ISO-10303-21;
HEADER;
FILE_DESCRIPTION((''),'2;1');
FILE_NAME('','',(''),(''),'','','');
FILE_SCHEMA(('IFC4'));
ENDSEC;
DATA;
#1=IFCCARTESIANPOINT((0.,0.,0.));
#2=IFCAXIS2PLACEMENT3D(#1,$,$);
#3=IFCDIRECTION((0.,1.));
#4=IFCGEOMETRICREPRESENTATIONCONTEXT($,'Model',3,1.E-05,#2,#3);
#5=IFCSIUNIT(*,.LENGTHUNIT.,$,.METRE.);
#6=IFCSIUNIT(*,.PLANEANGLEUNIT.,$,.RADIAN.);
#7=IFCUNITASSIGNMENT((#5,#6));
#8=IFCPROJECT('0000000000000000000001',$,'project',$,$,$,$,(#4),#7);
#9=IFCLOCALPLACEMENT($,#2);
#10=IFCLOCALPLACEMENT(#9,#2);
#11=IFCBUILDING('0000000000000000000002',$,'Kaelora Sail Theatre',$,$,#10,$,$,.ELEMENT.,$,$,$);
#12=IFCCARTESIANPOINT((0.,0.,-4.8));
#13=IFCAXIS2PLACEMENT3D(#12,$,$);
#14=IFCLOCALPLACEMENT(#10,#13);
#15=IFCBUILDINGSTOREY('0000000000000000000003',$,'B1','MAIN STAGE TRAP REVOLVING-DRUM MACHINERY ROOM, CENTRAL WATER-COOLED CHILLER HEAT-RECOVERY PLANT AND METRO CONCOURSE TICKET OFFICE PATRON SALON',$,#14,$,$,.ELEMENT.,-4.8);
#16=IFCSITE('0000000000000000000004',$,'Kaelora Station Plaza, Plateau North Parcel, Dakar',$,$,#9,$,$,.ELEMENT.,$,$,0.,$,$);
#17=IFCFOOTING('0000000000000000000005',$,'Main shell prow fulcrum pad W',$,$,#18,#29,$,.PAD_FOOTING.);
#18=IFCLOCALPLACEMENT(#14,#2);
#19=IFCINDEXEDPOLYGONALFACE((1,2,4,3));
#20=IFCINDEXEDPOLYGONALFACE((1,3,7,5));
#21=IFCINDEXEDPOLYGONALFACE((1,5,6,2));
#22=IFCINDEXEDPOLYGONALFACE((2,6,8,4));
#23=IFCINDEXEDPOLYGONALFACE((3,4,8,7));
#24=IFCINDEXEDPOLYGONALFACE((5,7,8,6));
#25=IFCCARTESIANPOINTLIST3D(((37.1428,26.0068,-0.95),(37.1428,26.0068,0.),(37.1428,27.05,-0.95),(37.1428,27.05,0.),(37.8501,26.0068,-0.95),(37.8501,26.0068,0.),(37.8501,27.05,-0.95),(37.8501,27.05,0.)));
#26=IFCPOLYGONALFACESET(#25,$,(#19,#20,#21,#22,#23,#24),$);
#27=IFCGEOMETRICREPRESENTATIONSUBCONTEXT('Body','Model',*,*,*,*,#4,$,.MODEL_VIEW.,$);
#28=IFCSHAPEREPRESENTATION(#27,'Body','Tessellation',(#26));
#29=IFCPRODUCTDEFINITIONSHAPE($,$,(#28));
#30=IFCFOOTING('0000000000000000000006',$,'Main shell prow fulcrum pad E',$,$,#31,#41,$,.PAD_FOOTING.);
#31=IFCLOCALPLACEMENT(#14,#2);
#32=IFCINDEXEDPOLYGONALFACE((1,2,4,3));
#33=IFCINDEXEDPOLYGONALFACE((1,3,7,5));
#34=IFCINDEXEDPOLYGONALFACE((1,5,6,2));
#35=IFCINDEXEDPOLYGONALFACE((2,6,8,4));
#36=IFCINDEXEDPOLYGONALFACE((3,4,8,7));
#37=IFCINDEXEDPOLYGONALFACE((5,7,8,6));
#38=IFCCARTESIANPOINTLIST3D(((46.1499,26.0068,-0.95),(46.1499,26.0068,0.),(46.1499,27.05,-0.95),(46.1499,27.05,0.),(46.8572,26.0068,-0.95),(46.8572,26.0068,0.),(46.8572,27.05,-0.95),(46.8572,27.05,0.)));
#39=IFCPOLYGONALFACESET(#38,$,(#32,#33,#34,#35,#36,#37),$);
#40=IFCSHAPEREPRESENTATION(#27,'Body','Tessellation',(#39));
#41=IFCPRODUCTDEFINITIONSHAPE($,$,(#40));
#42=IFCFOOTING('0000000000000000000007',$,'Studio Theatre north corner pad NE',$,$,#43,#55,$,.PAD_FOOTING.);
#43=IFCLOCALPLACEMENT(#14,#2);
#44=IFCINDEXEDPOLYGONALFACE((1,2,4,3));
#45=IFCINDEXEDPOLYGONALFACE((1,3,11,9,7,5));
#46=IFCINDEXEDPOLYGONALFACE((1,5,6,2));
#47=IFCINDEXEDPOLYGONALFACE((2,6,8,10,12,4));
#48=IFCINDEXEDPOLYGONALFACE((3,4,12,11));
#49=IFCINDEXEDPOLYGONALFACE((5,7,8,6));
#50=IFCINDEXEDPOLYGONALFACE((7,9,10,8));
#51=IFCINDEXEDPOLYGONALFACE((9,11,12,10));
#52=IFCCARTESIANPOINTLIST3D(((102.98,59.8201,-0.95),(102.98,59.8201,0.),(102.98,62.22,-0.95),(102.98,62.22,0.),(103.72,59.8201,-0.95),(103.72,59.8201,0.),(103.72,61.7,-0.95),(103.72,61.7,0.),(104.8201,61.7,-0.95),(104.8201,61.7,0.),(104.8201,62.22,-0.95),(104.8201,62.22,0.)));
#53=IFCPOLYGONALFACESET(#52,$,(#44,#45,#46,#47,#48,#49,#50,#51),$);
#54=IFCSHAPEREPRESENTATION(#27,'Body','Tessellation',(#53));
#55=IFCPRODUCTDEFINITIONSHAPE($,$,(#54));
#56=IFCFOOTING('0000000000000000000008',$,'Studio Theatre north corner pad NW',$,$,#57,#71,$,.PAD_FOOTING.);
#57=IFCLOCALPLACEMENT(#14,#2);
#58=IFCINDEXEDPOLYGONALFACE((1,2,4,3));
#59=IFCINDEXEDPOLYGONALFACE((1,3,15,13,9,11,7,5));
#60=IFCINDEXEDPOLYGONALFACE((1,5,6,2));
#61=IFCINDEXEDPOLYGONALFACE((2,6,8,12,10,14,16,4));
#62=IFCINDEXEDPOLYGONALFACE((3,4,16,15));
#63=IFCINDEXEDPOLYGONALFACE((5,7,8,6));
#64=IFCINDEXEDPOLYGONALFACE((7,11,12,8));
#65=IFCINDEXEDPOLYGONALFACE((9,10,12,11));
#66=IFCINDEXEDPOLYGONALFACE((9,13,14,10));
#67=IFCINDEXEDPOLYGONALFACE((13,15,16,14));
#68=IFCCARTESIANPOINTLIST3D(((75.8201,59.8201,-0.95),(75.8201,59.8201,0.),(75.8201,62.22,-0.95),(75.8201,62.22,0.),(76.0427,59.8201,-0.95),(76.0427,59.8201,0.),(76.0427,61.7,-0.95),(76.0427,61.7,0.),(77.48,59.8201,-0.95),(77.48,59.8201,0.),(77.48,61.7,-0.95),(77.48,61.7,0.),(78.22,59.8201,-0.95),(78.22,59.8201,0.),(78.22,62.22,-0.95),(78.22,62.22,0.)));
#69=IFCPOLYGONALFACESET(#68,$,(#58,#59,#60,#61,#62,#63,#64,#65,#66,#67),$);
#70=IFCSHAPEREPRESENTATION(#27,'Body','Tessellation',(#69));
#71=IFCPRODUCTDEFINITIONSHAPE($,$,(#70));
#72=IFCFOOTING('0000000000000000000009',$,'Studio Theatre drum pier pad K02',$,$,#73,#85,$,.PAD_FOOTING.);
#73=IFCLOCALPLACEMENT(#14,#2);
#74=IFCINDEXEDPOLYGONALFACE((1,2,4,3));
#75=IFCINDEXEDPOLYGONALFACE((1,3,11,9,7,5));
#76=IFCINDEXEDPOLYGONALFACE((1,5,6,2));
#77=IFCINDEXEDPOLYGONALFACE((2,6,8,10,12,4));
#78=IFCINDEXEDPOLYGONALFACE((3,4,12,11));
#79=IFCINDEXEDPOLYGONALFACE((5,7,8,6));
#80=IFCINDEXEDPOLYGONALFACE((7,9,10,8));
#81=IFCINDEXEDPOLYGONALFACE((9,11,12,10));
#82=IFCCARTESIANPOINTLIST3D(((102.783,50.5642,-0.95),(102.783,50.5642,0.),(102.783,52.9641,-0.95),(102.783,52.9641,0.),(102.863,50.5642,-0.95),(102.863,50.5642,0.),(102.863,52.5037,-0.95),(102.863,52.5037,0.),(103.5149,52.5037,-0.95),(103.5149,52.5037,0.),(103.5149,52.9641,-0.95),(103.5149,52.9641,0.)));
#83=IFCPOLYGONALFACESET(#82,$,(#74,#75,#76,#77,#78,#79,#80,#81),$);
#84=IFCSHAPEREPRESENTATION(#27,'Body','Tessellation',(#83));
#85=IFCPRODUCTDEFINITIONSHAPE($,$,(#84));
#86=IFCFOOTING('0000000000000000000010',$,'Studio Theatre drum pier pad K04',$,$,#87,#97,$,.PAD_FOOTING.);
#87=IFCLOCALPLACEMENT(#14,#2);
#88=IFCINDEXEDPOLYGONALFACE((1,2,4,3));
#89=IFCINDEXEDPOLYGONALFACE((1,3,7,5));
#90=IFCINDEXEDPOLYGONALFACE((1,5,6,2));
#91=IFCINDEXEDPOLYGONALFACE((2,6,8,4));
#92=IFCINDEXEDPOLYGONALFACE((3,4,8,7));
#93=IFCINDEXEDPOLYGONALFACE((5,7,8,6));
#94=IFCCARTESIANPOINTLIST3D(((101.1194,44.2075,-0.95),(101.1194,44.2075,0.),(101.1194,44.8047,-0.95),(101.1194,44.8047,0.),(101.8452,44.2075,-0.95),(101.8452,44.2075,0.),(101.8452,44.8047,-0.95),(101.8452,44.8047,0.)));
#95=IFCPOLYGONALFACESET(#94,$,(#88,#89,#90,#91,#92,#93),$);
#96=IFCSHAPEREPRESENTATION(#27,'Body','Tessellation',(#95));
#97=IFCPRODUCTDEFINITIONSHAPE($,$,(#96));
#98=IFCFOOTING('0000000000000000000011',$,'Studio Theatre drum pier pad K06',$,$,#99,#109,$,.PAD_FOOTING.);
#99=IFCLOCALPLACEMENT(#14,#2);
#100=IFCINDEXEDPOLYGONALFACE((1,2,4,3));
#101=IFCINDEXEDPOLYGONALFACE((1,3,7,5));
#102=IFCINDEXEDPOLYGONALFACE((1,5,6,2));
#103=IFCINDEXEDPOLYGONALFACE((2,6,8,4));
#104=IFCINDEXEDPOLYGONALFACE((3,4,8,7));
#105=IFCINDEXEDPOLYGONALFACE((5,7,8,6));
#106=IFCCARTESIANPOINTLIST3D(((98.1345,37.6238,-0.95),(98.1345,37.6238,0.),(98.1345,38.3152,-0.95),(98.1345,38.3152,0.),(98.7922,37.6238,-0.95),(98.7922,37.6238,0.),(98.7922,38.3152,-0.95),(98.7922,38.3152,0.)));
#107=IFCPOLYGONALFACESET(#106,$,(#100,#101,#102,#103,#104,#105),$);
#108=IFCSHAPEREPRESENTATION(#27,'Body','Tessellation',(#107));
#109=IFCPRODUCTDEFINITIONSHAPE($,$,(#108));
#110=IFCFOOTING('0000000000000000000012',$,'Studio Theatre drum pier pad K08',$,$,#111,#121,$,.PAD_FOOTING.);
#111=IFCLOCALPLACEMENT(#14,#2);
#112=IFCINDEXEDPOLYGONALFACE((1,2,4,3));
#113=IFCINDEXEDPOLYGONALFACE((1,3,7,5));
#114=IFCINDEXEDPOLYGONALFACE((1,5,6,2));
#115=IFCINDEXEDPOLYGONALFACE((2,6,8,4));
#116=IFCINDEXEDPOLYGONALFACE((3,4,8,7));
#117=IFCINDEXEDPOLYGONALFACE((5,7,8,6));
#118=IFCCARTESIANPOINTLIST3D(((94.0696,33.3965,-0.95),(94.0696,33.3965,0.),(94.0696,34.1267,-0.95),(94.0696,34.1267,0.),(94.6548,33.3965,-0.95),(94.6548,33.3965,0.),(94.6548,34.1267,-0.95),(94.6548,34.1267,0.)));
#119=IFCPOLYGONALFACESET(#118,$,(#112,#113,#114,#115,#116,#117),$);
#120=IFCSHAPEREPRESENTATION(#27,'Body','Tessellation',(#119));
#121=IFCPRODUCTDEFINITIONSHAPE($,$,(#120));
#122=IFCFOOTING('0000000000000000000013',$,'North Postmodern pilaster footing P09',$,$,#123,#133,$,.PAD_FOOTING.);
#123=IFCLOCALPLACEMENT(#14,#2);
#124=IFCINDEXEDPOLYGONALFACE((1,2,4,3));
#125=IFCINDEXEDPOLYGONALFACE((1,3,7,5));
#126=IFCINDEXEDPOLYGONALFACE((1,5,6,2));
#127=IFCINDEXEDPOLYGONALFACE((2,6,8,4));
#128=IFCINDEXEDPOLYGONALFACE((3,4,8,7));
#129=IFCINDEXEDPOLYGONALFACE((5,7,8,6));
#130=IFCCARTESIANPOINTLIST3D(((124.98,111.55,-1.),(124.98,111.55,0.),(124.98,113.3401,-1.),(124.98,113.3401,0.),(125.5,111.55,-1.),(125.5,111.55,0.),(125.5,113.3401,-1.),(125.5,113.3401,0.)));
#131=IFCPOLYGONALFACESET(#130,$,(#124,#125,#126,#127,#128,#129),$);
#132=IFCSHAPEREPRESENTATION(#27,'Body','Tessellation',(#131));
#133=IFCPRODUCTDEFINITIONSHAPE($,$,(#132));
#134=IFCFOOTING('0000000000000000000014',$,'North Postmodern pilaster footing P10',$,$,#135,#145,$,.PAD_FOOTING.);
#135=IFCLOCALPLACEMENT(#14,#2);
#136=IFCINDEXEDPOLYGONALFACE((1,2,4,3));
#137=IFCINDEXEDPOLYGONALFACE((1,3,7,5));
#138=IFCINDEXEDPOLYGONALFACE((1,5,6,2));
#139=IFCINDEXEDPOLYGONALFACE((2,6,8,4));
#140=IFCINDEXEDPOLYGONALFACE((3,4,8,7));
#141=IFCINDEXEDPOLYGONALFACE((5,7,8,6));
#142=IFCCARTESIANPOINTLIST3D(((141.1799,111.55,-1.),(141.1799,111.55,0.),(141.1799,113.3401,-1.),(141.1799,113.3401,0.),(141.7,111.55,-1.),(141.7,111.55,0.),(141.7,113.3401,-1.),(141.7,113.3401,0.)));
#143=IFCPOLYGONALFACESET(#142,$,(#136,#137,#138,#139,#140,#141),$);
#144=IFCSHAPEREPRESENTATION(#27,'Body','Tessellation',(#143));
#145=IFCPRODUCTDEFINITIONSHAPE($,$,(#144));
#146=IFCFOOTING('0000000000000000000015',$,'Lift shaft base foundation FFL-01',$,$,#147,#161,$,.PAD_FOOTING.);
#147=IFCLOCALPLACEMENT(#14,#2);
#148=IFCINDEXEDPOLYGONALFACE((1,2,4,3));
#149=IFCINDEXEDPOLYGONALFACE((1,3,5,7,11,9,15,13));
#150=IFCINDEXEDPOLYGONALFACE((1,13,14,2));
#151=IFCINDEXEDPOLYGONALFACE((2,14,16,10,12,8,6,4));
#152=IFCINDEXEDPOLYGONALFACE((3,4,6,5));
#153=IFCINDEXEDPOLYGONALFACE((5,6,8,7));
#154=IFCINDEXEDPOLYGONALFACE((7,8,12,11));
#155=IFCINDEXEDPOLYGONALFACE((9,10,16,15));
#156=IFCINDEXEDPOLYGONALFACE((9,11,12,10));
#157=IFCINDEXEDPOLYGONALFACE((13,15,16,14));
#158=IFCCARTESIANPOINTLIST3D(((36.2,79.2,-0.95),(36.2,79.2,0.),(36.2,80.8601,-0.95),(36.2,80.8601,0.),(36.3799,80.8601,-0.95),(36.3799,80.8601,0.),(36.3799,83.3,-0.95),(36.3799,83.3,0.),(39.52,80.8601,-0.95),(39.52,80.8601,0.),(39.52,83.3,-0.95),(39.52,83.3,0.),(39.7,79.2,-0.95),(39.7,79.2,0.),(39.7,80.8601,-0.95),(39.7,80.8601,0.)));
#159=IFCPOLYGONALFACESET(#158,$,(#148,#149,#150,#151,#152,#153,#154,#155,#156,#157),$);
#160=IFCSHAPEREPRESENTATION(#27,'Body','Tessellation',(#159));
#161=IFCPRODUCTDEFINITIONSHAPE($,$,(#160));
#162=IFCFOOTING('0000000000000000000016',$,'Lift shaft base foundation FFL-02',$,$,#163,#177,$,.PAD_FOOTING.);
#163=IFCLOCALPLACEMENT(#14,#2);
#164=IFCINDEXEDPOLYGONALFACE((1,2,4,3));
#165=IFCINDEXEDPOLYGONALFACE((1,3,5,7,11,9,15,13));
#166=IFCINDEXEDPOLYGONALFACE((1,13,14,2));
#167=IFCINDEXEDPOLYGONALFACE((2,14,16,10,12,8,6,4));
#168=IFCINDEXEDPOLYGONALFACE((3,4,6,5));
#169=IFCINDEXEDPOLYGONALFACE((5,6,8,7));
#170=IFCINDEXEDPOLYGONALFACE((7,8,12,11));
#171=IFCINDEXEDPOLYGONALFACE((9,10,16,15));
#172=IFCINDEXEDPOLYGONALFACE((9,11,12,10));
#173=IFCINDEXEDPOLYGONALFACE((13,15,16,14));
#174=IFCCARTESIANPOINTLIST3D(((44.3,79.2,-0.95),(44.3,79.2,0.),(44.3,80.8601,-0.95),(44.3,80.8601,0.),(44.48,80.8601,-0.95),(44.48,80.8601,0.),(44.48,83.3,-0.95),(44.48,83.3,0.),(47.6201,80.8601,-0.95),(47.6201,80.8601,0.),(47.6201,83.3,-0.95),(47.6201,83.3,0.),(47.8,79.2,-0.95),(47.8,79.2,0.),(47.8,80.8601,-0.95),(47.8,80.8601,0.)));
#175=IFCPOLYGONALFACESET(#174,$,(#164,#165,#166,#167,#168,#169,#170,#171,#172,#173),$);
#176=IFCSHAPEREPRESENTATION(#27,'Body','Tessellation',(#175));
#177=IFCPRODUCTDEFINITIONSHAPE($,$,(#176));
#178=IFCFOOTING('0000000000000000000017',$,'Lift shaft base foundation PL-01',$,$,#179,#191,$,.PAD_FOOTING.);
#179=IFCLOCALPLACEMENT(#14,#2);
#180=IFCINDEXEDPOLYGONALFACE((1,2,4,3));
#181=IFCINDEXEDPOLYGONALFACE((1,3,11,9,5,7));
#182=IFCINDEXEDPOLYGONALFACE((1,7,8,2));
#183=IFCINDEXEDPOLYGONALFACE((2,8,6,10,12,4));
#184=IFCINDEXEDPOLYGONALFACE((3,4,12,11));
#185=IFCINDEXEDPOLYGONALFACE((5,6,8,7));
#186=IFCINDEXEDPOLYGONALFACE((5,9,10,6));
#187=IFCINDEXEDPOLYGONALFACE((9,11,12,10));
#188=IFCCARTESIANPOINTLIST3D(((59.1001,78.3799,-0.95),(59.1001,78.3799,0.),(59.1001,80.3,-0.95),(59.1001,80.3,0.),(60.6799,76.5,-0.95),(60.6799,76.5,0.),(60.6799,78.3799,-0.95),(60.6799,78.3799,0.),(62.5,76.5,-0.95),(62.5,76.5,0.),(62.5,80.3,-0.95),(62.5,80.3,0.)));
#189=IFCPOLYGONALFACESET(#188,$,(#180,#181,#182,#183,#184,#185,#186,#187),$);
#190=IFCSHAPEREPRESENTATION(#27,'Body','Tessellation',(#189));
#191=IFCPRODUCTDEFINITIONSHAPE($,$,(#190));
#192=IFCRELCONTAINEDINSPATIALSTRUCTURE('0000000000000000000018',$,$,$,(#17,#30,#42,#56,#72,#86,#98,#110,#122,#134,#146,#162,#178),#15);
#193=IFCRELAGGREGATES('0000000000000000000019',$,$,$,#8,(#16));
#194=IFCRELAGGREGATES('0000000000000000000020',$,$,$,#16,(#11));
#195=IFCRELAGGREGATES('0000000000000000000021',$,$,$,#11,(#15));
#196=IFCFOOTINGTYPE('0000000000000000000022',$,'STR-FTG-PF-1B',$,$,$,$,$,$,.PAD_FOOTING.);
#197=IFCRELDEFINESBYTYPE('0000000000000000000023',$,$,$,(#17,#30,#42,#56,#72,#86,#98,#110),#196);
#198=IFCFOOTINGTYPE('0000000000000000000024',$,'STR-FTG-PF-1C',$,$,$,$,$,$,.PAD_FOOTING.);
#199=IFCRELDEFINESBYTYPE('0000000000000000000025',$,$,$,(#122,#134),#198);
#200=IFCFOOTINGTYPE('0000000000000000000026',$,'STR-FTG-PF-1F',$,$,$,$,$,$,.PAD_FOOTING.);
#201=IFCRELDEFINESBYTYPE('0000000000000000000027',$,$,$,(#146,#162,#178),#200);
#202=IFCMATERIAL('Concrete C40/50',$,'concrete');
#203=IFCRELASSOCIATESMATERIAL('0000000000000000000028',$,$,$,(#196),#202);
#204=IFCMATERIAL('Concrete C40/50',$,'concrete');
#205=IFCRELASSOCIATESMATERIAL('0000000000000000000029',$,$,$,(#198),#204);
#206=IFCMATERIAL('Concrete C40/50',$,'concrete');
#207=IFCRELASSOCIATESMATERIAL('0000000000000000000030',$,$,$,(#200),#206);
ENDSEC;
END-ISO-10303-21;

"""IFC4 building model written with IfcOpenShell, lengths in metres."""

from ifc_helpers import new_model, si_unit, direction, frame, origin, place, context, subcontext, project, spatial, polyline, outline, extrude, material, type_object, element, save


model = new_model("IFC4")

# Units and contexts
model_context = context("Model", 3, precision=1e-05, world=origin(), true_north=direction((0.0, 1.0)))
body_context = subcontext(model_context, "Body", "Model", "MODEL_VIEW")
ifc_project = project(units=[si_unit("LENGTHUNIT", "METRE"), si_unit("PLANEANGLEUNIT", "RADIAN")], contexts=[model_context])

# Site, building, storey
site_placement = place(None, origin())
site = spatial("IfcSite", under=ifc_project, at=site_placement, Name="Kaelora Station Plaza, Plateau North Parcel, Dakar", CompositionType="ELEMENT", RefElevation=0.0)
building_placement = place(site_placement, origin())
building = spatial("IfcBuilding", under=site, at=building_placement, Name="Kaelora Sail Theatre", CompositionType="ELEMENT")
storey_placement = place(building_placement, frame((0.0, 0.0, -4.8)))
storey = spatial("IfcBuildingStorey", under=building, at=storey_placement, Name="B1", Description="MAIN STAGE TRAP REVOLVING-DRUM MACHINERY ROOM, CENTRAL WATER-COOLED CHILLER HEAT-RECOVERY PLANT AND METRO CONCOURSE TICKET OFFICE PATRON SALON", CompositionType="ELEMENT", Elevation=-4.8)

# Footings
ifc_material_1 = material(Name="Concrete C40/50", Category="concrete")
footing_type_1 = type_object("IfcFootingType", Name="STR-FTG-PF-1B", PredefinedType="PAD_FOOTING", material=ifc_material_1)
footing_1_placement = place(storey_placement, frame((0.0, 0.0, -0.95)))
element("IfcFooting", 1, at=footing_1_placement, inside=storey, type_object=footing_type_1, Name="Main shell prow fulcrum pad W", PredefinedType="PAD_FOOTING", context=body_context, shape_type="SweptSolid", body=[
    extrude(outline(polyline([(37.1428, 26.0068), (37.1428, 27.05), (37.8501, 27.05), (37.8501, 26.0068), (37.1428, 26.0068)])), origin(), (0.0, 0.0, 1.0), 0.95),
])
footing_2_placement = place(storey_placement, frame((0.0, 0.0, -0.95)))
element("IfcFooting", 2, at=footing_2_placement, inside=storey, type_object=footing_type_1, Name="Main shell prow fulcrum pad E", PredefinedType="PAD_FOOTING", context=body_context, shape_type="SweptSolid", body=[
    extrude(outline(polyline([(46.1499, 27.05), (46.8572, 27.05), (46.8572, 26.0068), (46.1499, 26.0068), (46.1499, 27.05)])), origin(), (0.0, 0.0, 1.0), 0.95),
])
footing_3_placement = place(storey_placement, frame((0.0, 0.0, -0.95)))
element("IfcFooting", 3, at=footing_3_placement, inside=storey, type_object=footing_type_1, Name="Studio Theatre north corner pad NE", PredefinedType="PAD_FOOTING", context=body_context, shape_type="SweptSolid", body=[
    extrude(outline(polyline([(103.72, 61.7), (103.72, 59.8201), (102.98, 59.8201), (102.98, 62.22), (104.8201, 62.22), (104.8201, 61.7), (103.72, 61.7)])), origin(), (0.0, 0.0, 1.0), 0.95),
])
footing_4_placement = place(storey_placement, frame((0.0, 0.0, -0.95)))
element("IfcFooting", 4, at=footing_4_placement, inside=storey, type_object=footing_type_1, Name="Studio Theatre north corner pad NW", PredefinedType="PAD_FOOTING", context=body_context, shape_type="SweptSolid", body=[
    extrude(outline(polyline([(78.22, 59.8201), (77.48, 59.8201), (77.48, 61.7), (76.0427, 61.7), (76.0427, 59.8201), (75.8201, 59.8201), (75.8201, 62.22), (78.22, 62.22), (78.22, 59.8201)])), origin(), (0.0, 0.0, 1.0), 0.95),
])
footing_5_placement = place(storey_placement, frame((0.0, 0.0, -0.95)))
element("IfcFooting", 5, at=footing_5_placement, inside=storey, type_object=footing_type_1, Name="Studio Theatre drum pier pad K02", PredefinedType="PAD_FOOTING", context=body_context, shape_type="SweptSolid", body=[
    extrude(outline(polyline([(103.5149, 52.9641), (103.5149, 52.5037), (102.863, 52.5037), (102.863, 50.5642), (102.783, 50.5642), (102.783, 52.9641), (103.5149, 52.9641)])), origin(), (0.0, 0.0, 1.0), 0.95),
])
footing_6_placement = place(storey_placement, frame((0.0, 0.0, -0.95)))
element("IfcFooting", 6, at=footing_6_placement, inside=storey, type_object=footing_type_1, Name="Studio Theatre drum pier pad K04", PredefinedType="PAD_FOOTING", context=body_context, shape_type="SweptSolid", body=[
    extrude(outline(polyline([(101.1194, 44.8047), (101.8452, 44.8047), (101.8452, 44.2075), (101.1194, 44.2075), (101.1194, 44.8047)])), origin(), (0.0, 0.0, 1.0), 0.95),
])
footing_7_placement = place(storey_placement, frame((0.0, 0.0, -0.95)))
element("IfcFooting", 7, at=footing_7_placement, inside=storey, type_object=footing_type_1, Name="Studio Theatre drum pier pad K06", PredefinedType="PAD_FOOTING", context=body_context, shape_type="SweptSolid", body=[
    extrude(outline(polyline([(98.7922, 38.3152), (98.7922, 37.6238), (98.1345, 37.6238), (98.1345, 38.3152), (98.7922, 38.3152)])), origin(), (0.0, 0.0, 1.0), 0.95),
])
footing_8_placement = place(storey_placement, frame((0.0, 0.0, -0.95)))
element("IfcFooting", 8, at=footing_8_placement, inside=storey, type_object=footing_type_1, Name="Studio Theatre drum pier pad K08", PredefinedType="PAD_FOOTING", context=body_context, shape_type="SweptSolid", body=[
    extrude(outline(polyline([(94.6548, 33.3965), (94.0696, 33.3965), (94.0696, 34.1267), (94.6548, 34.1267), (94.6548, 33.3965)])), origin(), (0.0, 0.0, 1.0), 0.95),
])
ifc_material_2 = material(Name="Concrete C40/50", Category="concrete")
footing_type_2 = type_object("IfcFootingType", Name="STR-FTG-PF-1C", PredefinedType="PAD_FOOTING", material=ifc_material_2)
footing_9_placement = place(storey_placement, frame((0.0, 0.0, -1.0)))
element("IfcFooting", 9, at=footing_9_placement, inside=storey, type_object=footing_type_2, Name="North Postmodern pilaster footing P09", PredefinedType="PAD_FOOTING", context=body_context, shape_type="SweptSolid", body=[
    extrude(outline(polyline([(124.98, 111.55), (124.98, 113.3401), (125.5, 113.3401), (125.5, 111.55), (124.98, 111.55)])), origin(), (0.0, 0.0, 1.0), 1.0),
])
footing_10_placement = place(storey_placement, frame((0.0, 0.0, -1.0)))
element("IfcFooting", 10, at=footing_10_placement, inside=storey, type_object=footing_type_2, Name="North Postmodern pilaster footing P10", PredefinedType="PAD_FOOTING", context=body_context, shape_type="SweptSolid", body=[
    extrude(outline(polyline([(141.1799, 113.3401), (141.7, 113.3401), (141.7, 111.55), (141.1799, 111.55), (141.1799, 113.3401)])), origin(), (0.0, 0.0, 1.0), 1.0),
])
ifc_material_3 = material(Name="Concrete C40/50", Category="concrete")
footing_type_3 = type_object("IfcFootingType", Name="STR-FTG-PF-1F", PredefinedType="PAD_FOOTING", material=ifc_material_3)
footing_11_placement = place(storey_placement, frame((0.0, 0.0, -0.95)))
element("IfcFooting", 11, at=footing_11_placement, inside=storey, type_object=footing_type_3, Name="Lift shaft base foundation FFL-01", PredefinedType="PAD_FOOTING", context=body_context, shape_type="SweptSolid", body=[
    extrude(outline(polyline([(39.52, 80.8601), (39.7, 80.8601), (39.7, 79.2), (36.2, 79.2), (36.2, 80.8601), (36.3799, 80.8601), (36.3799, 83.3), (39.52, 83.3), (39.52, 80.8601)])), origin(), (0.0, 0.0, 1.0), 0.95),
])
footing_12_placement = place(storey_placement, frame((0.0, 0.0, -0.95)))
element("IfcFooting", 12, at=footing_12_placement, inside=storey, type_object=footing_type_3, Name="Lift shaft base foundation FFL-02", PredefinedType="PAD_FOOTING", context=body_context, shape_type="SweptSolid", body=[
    extrude(outline(polyline([(44.48, 80.8601), (44.48, 83.3), (47.6201, 83.3), (47.6201, 80.8601), (47.8, 80.8601), (47.8, 79.2), (44.3, 79.2), (44.3, 80.8601), (44.48, 80.8601)])), origin(), (0.0, 0.0, 1.0), 0.95),
])
footing_13_placement = place(storey_placement, frame((0.0, 0.0, -0.95)))
element("IfcFooting", 13, at=footing_13_placement, inside=storey, type_object=footing_type_3, Name="Lift shaft base foundation PL-01", PredefinedType="PAD_FOOTING", context=body_context, shape_type="SweptSolid", body=[
    extrude(outline(polyline([(60.6799, 78.3799), (59.1001, 78.3799), (59.1001, 80.3), (62.5, 80.3), (62.5, 76.5), (60.6799, 76.5), (60.6799, 78.3799)])), origin(), (0.0, 0.0, 1.0), 0.95),
])

save(model, "model.ifc")
